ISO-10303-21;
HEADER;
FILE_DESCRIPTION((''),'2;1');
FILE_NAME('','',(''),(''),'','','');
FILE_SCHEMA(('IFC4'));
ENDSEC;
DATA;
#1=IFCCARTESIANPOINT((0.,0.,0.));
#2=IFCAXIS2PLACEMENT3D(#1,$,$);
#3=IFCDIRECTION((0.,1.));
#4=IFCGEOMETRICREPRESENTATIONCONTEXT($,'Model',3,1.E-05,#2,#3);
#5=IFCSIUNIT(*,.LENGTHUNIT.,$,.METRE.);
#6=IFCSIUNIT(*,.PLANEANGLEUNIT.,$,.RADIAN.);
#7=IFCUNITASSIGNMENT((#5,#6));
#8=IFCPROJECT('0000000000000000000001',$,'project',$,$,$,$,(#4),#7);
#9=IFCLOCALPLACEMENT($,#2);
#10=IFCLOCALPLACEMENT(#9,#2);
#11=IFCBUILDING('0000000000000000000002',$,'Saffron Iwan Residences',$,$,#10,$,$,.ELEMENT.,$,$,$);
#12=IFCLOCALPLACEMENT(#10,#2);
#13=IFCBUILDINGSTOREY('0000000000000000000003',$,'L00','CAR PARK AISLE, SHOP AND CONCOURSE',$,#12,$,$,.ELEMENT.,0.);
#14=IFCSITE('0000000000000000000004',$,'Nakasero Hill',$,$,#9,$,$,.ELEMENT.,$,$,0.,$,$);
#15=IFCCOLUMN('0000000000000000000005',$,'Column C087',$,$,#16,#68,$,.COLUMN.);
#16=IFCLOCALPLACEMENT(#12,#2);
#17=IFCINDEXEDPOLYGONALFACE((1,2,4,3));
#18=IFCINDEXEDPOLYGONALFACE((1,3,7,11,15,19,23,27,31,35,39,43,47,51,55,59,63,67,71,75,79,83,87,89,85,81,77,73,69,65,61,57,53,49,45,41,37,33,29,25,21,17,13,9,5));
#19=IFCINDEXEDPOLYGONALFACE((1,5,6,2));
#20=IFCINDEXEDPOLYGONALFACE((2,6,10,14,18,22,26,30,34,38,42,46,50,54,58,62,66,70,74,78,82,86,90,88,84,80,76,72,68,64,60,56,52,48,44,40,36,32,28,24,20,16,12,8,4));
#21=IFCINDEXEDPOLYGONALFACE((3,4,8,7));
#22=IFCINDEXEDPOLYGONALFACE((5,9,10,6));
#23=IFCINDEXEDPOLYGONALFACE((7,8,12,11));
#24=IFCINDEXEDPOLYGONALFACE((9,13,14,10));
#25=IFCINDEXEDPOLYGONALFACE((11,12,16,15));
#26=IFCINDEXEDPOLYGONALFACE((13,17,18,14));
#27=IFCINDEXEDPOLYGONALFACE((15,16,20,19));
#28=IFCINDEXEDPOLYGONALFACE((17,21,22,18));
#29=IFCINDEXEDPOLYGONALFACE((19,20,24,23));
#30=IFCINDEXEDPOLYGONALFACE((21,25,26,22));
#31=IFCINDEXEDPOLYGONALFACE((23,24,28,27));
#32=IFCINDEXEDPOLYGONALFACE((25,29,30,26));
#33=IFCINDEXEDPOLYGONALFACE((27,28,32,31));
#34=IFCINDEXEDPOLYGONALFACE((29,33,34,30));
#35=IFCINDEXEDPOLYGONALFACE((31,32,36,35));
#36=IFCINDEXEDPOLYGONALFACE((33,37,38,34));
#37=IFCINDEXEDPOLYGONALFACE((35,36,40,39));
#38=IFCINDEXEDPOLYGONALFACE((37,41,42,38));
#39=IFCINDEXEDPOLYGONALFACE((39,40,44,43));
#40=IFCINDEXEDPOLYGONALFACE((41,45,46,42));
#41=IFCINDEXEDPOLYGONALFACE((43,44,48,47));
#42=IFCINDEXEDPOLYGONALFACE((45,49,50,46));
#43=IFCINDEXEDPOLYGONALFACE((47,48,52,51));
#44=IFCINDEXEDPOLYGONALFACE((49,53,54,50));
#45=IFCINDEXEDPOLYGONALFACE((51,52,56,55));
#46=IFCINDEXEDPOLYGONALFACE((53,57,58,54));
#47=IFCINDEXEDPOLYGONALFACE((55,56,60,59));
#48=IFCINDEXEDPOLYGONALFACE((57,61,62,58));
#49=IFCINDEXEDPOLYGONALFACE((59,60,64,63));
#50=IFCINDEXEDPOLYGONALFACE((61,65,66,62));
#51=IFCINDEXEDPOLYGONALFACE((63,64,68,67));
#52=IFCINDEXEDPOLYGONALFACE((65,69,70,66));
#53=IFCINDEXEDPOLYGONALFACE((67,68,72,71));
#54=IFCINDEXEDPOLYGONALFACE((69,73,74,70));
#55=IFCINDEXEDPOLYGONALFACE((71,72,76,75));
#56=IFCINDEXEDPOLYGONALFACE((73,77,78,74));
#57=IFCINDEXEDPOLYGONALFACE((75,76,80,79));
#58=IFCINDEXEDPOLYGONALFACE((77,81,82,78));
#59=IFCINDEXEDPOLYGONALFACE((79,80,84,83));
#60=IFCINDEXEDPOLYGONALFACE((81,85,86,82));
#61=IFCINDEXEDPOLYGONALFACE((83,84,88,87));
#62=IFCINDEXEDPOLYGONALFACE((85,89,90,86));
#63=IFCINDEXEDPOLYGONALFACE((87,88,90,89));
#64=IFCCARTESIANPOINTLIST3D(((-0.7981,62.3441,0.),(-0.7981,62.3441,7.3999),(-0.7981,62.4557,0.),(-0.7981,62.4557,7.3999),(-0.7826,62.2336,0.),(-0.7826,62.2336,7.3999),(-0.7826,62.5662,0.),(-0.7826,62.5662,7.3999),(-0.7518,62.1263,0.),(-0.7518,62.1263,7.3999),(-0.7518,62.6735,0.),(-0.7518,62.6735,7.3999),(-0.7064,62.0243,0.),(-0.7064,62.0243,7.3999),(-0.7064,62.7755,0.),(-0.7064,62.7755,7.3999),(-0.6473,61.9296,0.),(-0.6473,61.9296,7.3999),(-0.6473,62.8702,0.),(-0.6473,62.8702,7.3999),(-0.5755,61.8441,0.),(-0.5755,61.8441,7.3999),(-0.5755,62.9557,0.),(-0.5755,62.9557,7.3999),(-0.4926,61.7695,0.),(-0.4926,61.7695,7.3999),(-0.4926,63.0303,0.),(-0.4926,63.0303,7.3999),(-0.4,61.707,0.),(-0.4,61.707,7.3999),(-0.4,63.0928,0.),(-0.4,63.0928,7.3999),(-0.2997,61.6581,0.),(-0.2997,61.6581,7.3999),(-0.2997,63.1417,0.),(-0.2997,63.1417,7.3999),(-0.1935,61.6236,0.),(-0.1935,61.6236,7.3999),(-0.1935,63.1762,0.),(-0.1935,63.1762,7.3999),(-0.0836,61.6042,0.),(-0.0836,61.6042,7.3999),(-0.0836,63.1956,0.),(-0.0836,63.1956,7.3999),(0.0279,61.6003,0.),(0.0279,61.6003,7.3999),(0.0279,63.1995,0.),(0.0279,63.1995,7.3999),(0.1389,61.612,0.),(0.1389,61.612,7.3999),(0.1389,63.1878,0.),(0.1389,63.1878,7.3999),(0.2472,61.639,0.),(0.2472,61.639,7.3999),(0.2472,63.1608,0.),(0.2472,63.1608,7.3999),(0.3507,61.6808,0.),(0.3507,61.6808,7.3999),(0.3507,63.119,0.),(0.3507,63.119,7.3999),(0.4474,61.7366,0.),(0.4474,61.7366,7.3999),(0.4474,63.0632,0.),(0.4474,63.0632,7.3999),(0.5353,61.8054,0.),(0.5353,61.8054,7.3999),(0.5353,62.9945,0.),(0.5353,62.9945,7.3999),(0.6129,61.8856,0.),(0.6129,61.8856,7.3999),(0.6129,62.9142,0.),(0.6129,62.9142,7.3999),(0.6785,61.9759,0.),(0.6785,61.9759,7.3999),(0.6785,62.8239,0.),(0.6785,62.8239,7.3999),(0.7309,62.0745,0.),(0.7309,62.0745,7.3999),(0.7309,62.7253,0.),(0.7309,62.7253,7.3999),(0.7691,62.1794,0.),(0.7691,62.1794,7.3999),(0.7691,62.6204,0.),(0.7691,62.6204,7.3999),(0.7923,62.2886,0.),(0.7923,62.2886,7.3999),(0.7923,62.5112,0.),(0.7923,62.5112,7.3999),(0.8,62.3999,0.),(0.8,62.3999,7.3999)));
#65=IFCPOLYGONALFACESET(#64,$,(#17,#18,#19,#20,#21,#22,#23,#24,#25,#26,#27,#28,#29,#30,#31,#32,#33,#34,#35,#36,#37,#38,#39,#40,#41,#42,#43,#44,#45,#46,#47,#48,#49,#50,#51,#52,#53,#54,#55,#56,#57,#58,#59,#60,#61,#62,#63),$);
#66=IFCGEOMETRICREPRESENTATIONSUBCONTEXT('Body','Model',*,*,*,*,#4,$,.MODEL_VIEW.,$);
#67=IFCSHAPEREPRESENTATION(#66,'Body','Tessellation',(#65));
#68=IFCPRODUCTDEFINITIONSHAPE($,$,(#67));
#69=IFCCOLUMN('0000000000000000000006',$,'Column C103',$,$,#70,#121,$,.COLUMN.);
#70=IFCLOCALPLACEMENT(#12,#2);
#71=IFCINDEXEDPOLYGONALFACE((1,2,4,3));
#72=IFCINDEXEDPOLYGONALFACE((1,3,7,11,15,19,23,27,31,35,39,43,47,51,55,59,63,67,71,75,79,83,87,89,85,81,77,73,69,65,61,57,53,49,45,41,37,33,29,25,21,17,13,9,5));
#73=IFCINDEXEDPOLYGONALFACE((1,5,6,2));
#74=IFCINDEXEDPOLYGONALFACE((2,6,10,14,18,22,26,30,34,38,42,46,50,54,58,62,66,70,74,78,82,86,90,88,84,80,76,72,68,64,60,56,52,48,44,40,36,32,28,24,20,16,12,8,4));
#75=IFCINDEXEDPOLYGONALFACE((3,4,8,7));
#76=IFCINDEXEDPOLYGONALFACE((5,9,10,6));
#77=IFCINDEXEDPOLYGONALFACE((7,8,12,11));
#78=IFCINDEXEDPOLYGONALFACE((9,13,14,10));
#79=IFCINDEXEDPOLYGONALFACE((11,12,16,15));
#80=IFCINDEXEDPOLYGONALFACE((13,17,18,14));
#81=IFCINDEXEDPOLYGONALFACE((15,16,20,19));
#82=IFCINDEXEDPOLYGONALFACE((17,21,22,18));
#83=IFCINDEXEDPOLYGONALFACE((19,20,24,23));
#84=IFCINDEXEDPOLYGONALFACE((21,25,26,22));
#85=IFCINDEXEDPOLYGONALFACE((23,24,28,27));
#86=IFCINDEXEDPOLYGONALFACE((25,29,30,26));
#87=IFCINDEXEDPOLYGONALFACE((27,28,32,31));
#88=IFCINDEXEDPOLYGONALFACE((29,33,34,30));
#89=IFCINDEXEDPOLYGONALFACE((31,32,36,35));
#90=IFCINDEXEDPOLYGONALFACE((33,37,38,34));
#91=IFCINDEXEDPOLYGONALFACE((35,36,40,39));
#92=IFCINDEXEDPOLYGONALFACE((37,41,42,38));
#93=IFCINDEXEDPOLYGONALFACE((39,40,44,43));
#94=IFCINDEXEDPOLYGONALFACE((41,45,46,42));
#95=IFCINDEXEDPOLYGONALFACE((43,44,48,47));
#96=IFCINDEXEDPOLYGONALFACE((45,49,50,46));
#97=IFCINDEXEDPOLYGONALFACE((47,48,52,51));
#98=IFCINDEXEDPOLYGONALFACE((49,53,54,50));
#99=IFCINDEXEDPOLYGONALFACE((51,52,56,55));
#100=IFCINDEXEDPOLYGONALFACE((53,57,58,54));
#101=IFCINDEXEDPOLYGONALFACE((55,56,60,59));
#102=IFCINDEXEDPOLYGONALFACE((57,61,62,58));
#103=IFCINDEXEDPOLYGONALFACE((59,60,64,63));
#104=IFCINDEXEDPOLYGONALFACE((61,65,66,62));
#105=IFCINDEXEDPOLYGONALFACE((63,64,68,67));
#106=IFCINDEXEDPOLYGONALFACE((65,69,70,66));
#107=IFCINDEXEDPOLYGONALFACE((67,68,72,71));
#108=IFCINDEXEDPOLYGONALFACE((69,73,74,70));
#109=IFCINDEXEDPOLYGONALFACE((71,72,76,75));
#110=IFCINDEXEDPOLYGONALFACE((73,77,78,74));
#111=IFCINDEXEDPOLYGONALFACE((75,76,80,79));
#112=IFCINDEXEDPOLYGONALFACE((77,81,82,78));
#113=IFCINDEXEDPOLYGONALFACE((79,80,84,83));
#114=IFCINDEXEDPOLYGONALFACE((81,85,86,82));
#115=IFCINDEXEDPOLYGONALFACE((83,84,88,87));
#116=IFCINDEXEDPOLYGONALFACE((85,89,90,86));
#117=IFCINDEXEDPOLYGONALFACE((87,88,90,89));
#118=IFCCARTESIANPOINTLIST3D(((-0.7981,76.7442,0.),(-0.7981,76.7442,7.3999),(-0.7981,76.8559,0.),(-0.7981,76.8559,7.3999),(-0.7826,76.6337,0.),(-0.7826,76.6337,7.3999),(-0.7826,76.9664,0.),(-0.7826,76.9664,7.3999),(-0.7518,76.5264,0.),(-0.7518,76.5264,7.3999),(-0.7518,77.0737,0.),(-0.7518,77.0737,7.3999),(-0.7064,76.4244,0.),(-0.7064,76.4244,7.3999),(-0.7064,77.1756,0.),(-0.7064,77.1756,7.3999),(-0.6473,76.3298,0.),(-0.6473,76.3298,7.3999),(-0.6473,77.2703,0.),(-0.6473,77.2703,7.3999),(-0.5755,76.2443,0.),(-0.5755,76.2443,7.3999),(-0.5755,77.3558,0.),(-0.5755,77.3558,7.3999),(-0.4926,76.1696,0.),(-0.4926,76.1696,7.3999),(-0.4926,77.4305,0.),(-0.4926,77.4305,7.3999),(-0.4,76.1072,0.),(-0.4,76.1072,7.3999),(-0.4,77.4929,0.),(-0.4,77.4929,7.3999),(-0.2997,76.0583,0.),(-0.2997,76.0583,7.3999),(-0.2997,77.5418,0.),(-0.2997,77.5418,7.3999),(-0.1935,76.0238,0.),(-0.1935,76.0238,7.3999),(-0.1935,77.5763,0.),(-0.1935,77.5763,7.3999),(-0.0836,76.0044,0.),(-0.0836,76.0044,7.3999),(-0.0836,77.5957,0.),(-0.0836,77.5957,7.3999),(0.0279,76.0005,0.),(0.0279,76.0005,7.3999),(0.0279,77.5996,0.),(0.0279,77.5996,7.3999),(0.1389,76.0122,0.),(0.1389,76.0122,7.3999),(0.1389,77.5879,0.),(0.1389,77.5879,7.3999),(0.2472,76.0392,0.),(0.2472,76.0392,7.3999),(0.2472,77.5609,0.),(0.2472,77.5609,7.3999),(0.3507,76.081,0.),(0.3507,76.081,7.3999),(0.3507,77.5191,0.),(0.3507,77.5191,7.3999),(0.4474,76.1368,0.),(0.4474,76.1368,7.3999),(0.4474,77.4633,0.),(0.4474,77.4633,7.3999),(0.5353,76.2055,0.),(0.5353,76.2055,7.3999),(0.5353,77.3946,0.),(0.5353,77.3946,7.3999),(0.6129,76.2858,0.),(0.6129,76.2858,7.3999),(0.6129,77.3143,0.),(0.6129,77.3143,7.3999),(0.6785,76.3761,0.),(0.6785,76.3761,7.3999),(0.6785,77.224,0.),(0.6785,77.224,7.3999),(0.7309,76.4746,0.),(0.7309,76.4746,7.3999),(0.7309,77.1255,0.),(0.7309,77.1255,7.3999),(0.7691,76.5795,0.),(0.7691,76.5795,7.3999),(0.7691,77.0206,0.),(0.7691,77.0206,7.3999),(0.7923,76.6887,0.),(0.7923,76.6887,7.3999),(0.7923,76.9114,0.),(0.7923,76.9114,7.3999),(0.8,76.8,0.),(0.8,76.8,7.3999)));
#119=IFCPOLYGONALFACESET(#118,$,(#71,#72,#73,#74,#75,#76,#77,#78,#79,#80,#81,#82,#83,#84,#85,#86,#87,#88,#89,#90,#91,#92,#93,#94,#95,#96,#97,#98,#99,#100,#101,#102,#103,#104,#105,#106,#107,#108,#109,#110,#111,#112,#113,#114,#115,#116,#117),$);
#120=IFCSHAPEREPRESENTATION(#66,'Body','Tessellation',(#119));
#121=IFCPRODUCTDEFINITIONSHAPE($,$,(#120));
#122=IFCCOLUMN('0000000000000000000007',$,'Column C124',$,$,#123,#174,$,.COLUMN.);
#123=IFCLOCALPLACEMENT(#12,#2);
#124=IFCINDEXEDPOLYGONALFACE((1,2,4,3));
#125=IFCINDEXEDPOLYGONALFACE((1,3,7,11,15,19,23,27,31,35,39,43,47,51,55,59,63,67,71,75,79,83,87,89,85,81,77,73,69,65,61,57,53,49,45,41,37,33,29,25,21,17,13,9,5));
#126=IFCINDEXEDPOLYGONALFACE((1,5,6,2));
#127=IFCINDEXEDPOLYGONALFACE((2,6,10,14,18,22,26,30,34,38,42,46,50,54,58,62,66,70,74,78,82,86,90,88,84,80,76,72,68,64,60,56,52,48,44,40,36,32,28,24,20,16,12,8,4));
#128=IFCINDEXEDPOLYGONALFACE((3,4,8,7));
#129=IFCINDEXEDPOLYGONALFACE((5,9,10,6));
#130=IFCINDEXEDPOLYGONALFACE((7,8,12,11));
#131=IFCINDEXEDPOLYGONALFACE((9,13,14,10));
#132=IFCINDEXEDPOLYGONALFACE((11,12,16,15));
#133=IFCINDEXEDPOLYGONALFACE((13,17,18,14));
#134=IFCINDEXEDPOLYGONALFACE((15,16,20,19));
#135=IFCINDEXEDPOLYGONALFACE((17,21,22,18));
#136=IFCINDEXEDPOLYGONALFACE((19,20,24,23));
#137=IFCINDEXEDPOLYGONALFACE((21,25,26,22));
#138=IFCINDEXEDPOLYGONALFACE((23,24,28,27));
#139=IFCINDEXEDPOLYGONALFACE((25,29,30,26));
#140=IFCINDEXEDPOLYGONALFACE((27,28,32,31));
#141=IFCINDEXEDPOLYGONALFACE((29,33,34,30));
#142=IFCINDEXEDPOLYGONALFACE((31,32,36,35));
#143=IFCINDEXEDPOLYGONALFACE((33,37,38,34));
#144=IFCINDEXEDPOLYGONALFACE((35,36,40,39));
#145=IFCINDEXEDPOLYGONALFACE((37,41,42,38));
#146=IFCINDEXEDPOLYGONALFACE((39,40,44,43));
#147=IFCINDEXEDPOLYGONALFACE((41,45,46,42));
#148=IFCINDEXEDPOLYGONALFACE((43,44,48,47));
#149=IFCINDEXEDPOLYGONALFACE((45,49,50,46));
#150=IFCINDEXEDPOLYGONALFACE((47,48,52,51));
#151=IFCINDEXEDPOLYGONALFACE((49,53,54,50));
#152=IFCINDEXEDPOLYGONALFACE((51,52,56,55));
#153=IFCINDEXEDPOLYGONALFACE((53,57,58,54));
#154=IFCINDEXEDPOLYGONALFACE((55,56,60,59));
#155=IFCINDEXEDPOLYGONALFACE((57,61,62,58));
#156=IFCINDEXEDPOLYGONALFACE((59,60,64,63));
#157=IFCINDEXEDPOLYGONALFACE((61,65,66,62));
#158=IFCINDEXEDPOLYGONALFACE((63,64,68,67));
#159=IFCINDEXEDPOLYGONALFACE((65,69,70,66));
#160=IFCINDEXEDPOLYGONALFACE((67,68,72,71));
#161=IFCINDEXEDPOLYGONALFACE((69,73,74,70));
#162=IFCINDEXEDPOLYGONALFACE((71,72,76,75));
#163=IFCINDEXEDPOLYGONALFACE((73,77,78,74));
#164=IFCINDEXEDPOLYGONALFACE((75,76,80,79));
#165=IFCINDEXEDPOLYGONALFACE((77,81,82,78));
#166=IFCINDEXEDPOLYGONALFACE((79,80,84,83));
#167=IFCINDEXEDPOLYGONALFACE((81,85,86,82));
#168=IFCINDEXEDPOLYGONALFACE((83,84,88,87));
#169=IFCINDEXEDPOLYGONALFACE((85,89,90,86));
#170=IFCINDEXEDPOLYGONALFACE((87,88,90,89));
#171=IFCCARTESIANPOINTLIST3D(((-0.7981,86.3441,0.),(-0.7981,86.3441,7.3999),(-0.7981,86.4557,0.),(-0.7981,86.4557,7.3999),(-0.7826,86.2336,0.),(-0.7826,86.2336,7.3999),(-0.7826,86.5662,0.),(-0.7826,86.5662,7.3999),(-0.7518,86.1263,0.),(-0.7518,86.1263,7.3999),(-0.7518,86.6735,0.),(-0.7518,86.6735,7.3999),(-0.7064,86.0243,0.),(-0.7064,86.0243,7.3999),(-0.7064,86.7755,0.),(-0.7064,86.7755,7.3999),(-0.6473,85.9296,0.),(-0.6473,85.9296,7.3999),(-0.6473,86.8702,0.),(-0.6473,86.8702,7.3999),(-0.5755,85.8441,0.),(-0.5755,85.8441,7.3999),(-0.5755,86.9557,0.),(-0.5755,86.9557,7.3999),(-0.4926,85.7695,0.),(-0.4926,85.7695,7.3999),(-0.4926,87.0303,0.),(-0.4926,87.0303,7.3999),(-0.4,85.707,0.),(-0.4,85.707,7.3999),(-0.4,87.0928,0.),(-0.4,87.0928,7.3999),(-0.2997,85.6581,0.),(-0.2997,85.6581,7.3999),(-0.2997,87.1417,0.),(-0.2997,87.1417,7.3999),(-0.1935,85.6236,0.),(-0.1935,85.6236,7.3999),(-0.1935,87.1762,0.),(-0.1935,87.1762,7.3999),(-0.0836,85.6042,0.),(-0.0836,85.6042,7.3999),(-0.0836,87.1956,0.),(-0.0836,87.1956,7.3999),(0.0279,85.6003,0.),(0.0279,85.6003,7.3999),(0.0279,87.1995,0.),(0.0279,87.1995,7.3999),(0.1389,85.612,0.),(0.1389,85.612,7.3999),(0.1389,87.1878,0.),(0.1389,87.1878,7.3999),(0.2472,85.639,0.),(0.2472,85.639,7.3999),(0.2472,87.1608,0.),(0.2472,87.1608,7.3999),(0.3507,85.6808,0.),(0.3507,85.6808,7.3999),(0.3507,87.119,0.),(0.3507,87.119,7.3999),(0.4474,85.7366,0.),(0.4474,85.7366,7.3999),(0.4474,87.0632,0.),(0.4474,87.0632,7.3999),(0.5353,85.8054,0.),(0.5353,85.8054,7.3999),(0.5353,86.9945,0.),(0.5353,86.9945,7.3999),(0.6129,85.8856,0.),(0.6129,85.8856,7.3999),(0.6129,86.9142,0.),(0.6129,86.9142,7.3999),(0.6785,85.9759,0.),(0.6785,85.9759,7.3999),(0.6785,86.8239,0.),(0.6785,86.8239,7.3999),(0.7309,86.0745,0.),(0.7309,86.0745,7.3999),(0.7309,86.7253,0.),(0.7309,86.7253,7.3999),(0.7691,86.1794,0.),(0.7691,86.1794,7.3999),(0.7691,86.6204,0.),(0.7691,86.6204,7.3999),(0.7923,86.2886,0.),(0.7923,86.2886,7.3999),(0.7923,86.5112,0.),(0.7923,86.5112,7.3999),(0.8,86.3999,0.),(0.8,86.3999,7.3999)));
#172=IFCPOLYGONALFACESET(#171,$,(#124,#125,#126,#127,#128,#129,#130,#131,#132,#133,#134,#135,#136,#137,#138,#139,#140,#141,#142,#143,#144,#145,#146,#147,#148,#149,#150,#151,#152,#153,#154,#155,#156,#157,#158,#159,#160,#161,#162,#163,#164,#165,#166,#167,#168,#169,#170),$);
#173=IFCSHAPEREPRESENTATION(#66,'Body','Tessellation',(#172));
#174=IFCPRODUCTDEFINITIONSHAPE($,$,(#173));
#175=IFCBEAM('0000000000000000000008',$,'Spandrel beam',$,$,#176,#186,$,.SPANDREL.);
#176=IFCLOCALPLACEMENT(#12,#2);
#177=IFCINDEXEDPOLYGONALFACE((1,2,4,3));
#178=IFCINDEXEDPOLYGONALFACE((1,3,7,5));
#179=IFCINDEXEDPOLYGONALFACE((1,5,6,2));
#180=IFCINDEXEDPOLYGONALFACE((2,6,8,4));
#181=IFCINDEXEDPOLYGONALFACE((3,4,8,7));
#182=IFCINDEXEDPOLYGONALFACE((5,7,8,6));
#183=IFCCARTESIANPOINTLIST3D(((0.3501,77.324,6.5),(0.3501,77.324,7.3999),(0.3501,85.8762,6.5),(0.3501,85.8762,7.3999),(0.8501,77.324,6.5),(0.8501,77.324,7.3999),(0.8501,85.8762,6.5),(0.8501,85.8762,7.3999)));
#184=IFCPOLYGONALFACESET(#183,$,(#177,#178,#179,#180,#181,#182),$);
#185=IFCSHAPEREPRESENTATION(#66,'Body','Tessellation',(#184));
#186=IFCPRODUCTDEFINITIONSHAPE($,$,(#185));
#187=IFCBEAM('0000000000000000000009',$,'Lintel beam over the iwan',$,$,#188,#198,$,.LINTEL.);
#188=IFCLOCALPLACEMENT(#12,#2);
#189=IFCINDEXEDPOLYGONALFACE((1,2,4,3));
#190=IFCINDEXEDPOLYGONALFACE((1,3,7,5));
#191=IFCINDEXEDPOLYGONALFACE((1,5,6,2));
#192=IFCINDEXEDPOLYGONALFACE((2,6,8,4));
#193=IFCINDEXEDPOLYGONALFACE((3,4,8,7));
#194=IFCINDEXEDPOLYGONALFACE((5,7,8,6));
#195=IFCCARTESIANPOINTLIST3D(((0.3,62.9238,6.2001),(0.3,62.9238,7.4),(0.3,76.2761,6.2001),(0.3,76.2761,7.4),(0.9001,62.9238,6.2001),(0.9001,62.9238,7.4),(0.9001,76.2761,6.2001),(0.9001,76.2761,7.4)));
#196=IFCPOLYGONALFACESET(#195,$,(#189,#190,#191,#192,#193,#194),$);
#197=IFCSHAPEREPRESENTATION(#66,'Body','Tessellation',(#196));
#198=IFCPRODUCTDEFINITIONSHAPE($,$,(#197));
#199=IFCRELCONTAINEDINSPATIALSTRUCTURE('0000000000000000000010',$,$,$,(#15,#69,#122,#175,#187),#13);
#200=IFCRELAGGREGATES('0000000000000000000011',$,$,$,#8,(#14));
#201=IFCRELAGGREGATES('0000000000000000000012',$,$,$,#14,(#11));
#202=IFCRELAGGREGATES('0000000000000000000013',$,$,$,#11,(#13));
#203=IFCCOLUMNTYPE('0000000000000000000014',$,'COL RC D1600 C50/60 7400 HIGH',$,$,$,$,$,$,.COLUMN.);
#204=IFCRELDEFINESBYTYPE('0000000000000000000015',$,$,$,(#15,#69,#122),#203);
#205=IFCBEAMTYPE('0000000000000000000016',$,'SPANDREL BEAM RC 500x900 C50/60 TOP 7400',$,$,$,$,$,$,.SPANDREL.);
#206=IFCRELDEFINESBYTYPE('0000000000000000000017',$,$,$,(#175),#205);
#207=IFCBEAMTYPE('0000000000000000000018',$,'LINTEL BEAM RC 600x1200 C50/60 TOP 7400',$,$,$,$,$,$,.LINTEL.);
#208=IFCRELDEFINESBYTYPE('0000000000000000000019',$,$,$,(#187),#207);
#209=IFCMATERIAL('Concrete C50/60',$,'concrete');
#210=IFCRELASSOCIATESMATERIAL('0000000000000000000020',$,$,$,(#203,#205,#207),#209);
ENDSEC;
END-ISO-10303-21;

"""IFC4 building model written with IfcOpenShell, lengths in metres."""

from ifc_helpers import new_model, si_unit, direction, frame, origin, origin_2d, place, context, subcontext, project, spatial, rectangle, circle, extrude, source, transform, mapped, material, material_profile, profile_set, type_object, element, save


model = new_model("IFC4")

# Units and contexts
model_context = context("Model", 3, precision=1e-05, world=origin(), true_north=direction((0.0, 1.0)))
body_context = subcontext(model_context, "Body", "Model", "MODEL_VIEW")
ifc_project = project(units=[si_unit("LENGTHUNIT", "METRE"), si_unit("PLANEANGLEUNIT", "RADIAN")], contexts=[model_context])

# Site, building, storey
site_placement = place(None, origin())
site = spatial("IfcSite", under=ifc_project, at=site_placement, Name="Nakasero Hill", CompositionType="ELEMENT", RefElevation=0.0)
building_placement = place(site_placement, origin())
building = spatial("IfcBuilding", under=site, at=building_placement, Name="Saffron Iwan Residences", CompositionType="ELEMENT")
storey_placement = place(building_placement, origin())
storey = spatial("IfcBuildingStorey", under=building, at=storey_placement, Name="L00", Description="CAR PARK AISLE, SHOP AND CONCOURSE", CompositionType="ELEMENT", Elevation=0.0)

# Columns
ifc_material_1 = material(Name="Concrete C50/60", Category="concrete")
ifc_material_profile_1 = material_profile(ifc_material_1, circle(Radius=0.8, at=origin_2d()), Name="RC D1600")
ifc_profile_set_1 = profile_set([ifc_material_profile_1], Name="Concrete C50/60")
column_type = type_object("IfcColumnType", Name="COL RC D1600 C50/60 7400 HIGH", PredefinedType="COLUMN", material=ifc_profile_set_1)
shared_shape_1 = source(origin(), body_context, "Body", "SweptSolid", [
    extrude(circle(Radius=0.8, at=origin_2d()), origin(), (0.0, 0.0, 1.0), 7.3999),
])
for number, where, z_axis, x_axis, name in (
    (1, (0.0, 62.3999, 0.0), (0.0, 0.0, 1.0), (1.0, 0.0, 0.0), "Column C087"),
    (2, (0.0, 76.8, 0.0), (0.0, 0.0, 1.0), (1.0, 0.0, 0.0), "Column C103"),
    (3, (0.0, 86.3999, 0.0), (0.0, 0.0, 1.0), (1.0, 0.0, 0.0), "Column C124"),
):
    element("IfcColumn", number, at=place(storey_placement, frame(where, z_axis=z_axis, x_axis=x_axis)), inside=storey, type_object=column_type, Name=name, PredefinedType="COLUMN", context=body_context, shape_type="MappedRepresentation", body=[
        mapped(shared_shape_1, transform((0.0, 0.0, 0.0))),
    ])

# Beams
ifc_material_profile_2 = material_profile(ifc_material_1, rectangle(XDim=0.5, YDim=0.8999, at=origin_2d()), Name="RC 500x900")
ifc_profile_set_2 = profile_set([ifc_material_profile_2], Name="Concrete C50/60")
beam_type_1 = type_object("IfcBeamType", Name="SPANDREL BEAM RC 500x900 C50/60 TOP 7400", PredefinedType="SPANDREL", material=ifc_profile_set_2)
shared_shape_2 = source(origin(), body_context, "Body", "SweptSolid", [
    extrude(rectangle(XDim=0.5, YDim=0.8999, at=origin_2d()), origin(), (0.0, 0.0, 1.0), 8.5522),
])
beam_1_placement = place(storey_placement, frame((0.6001, 77.324, 6.95), z_axis=(0.0, 1.0, 0.0), x_axis=(-1.0, 0.0, 0.0)))
element("IfcBeam", 4, at=beam_1_placement, inside=storey, type_object=beam_type_1, Name="Spandrel beam", PredefinedType="SPANDREL", context=body_context, shape_type="MappedRepresentation", body=[
    mapped(shared_shape_2, transform((0.0, 0.0, 0.0))),
])
ifc_material_profile_3 = material_profile(ifc_material_1, rectangle(XDim=0.6001, YDim=1.2, at=origin_2d()), Name="RC 600x1200")
ifc_profile_set_3 = profile_set([ifc_material_profile_3], Name="Concrete C50/60")
beam_type_2 = type_object("IfcBeamType", Name="LINTEL BEAM RC 600x1200 C50/60 TOP 7400", PredefinedType="LINTEL", material=ifc_profile_set_3)
shared_shape_3 = source(origin(), body_context, "Body", "SweptSolid", [
    extrude(rectangle(XDim=0.6001, YDim=1.2, at=origin_2d()), origin(), (0.0, 0.0, 1.0), 13.3523),
])
beam_2_placement = place(storey_placement, frame((0.6001, 62.9238, 6.8), z_axis=(0.0, 1.0, 0.0), x_axis=(-1.0, 0.0, 0.0)))
element("IfcBeam", 5, at=beam_2_placement, inside=storey, type_object=beam_type_2, Name="Lintel beam over the iwan", PredefinedType="LINTEL", context=body_context, shape_type="MappedRepresentation", body=[
    mapped(shared_shape_3, transform((0.0, 0.0, 0.0))),
])

save(model, "model.ifc")
